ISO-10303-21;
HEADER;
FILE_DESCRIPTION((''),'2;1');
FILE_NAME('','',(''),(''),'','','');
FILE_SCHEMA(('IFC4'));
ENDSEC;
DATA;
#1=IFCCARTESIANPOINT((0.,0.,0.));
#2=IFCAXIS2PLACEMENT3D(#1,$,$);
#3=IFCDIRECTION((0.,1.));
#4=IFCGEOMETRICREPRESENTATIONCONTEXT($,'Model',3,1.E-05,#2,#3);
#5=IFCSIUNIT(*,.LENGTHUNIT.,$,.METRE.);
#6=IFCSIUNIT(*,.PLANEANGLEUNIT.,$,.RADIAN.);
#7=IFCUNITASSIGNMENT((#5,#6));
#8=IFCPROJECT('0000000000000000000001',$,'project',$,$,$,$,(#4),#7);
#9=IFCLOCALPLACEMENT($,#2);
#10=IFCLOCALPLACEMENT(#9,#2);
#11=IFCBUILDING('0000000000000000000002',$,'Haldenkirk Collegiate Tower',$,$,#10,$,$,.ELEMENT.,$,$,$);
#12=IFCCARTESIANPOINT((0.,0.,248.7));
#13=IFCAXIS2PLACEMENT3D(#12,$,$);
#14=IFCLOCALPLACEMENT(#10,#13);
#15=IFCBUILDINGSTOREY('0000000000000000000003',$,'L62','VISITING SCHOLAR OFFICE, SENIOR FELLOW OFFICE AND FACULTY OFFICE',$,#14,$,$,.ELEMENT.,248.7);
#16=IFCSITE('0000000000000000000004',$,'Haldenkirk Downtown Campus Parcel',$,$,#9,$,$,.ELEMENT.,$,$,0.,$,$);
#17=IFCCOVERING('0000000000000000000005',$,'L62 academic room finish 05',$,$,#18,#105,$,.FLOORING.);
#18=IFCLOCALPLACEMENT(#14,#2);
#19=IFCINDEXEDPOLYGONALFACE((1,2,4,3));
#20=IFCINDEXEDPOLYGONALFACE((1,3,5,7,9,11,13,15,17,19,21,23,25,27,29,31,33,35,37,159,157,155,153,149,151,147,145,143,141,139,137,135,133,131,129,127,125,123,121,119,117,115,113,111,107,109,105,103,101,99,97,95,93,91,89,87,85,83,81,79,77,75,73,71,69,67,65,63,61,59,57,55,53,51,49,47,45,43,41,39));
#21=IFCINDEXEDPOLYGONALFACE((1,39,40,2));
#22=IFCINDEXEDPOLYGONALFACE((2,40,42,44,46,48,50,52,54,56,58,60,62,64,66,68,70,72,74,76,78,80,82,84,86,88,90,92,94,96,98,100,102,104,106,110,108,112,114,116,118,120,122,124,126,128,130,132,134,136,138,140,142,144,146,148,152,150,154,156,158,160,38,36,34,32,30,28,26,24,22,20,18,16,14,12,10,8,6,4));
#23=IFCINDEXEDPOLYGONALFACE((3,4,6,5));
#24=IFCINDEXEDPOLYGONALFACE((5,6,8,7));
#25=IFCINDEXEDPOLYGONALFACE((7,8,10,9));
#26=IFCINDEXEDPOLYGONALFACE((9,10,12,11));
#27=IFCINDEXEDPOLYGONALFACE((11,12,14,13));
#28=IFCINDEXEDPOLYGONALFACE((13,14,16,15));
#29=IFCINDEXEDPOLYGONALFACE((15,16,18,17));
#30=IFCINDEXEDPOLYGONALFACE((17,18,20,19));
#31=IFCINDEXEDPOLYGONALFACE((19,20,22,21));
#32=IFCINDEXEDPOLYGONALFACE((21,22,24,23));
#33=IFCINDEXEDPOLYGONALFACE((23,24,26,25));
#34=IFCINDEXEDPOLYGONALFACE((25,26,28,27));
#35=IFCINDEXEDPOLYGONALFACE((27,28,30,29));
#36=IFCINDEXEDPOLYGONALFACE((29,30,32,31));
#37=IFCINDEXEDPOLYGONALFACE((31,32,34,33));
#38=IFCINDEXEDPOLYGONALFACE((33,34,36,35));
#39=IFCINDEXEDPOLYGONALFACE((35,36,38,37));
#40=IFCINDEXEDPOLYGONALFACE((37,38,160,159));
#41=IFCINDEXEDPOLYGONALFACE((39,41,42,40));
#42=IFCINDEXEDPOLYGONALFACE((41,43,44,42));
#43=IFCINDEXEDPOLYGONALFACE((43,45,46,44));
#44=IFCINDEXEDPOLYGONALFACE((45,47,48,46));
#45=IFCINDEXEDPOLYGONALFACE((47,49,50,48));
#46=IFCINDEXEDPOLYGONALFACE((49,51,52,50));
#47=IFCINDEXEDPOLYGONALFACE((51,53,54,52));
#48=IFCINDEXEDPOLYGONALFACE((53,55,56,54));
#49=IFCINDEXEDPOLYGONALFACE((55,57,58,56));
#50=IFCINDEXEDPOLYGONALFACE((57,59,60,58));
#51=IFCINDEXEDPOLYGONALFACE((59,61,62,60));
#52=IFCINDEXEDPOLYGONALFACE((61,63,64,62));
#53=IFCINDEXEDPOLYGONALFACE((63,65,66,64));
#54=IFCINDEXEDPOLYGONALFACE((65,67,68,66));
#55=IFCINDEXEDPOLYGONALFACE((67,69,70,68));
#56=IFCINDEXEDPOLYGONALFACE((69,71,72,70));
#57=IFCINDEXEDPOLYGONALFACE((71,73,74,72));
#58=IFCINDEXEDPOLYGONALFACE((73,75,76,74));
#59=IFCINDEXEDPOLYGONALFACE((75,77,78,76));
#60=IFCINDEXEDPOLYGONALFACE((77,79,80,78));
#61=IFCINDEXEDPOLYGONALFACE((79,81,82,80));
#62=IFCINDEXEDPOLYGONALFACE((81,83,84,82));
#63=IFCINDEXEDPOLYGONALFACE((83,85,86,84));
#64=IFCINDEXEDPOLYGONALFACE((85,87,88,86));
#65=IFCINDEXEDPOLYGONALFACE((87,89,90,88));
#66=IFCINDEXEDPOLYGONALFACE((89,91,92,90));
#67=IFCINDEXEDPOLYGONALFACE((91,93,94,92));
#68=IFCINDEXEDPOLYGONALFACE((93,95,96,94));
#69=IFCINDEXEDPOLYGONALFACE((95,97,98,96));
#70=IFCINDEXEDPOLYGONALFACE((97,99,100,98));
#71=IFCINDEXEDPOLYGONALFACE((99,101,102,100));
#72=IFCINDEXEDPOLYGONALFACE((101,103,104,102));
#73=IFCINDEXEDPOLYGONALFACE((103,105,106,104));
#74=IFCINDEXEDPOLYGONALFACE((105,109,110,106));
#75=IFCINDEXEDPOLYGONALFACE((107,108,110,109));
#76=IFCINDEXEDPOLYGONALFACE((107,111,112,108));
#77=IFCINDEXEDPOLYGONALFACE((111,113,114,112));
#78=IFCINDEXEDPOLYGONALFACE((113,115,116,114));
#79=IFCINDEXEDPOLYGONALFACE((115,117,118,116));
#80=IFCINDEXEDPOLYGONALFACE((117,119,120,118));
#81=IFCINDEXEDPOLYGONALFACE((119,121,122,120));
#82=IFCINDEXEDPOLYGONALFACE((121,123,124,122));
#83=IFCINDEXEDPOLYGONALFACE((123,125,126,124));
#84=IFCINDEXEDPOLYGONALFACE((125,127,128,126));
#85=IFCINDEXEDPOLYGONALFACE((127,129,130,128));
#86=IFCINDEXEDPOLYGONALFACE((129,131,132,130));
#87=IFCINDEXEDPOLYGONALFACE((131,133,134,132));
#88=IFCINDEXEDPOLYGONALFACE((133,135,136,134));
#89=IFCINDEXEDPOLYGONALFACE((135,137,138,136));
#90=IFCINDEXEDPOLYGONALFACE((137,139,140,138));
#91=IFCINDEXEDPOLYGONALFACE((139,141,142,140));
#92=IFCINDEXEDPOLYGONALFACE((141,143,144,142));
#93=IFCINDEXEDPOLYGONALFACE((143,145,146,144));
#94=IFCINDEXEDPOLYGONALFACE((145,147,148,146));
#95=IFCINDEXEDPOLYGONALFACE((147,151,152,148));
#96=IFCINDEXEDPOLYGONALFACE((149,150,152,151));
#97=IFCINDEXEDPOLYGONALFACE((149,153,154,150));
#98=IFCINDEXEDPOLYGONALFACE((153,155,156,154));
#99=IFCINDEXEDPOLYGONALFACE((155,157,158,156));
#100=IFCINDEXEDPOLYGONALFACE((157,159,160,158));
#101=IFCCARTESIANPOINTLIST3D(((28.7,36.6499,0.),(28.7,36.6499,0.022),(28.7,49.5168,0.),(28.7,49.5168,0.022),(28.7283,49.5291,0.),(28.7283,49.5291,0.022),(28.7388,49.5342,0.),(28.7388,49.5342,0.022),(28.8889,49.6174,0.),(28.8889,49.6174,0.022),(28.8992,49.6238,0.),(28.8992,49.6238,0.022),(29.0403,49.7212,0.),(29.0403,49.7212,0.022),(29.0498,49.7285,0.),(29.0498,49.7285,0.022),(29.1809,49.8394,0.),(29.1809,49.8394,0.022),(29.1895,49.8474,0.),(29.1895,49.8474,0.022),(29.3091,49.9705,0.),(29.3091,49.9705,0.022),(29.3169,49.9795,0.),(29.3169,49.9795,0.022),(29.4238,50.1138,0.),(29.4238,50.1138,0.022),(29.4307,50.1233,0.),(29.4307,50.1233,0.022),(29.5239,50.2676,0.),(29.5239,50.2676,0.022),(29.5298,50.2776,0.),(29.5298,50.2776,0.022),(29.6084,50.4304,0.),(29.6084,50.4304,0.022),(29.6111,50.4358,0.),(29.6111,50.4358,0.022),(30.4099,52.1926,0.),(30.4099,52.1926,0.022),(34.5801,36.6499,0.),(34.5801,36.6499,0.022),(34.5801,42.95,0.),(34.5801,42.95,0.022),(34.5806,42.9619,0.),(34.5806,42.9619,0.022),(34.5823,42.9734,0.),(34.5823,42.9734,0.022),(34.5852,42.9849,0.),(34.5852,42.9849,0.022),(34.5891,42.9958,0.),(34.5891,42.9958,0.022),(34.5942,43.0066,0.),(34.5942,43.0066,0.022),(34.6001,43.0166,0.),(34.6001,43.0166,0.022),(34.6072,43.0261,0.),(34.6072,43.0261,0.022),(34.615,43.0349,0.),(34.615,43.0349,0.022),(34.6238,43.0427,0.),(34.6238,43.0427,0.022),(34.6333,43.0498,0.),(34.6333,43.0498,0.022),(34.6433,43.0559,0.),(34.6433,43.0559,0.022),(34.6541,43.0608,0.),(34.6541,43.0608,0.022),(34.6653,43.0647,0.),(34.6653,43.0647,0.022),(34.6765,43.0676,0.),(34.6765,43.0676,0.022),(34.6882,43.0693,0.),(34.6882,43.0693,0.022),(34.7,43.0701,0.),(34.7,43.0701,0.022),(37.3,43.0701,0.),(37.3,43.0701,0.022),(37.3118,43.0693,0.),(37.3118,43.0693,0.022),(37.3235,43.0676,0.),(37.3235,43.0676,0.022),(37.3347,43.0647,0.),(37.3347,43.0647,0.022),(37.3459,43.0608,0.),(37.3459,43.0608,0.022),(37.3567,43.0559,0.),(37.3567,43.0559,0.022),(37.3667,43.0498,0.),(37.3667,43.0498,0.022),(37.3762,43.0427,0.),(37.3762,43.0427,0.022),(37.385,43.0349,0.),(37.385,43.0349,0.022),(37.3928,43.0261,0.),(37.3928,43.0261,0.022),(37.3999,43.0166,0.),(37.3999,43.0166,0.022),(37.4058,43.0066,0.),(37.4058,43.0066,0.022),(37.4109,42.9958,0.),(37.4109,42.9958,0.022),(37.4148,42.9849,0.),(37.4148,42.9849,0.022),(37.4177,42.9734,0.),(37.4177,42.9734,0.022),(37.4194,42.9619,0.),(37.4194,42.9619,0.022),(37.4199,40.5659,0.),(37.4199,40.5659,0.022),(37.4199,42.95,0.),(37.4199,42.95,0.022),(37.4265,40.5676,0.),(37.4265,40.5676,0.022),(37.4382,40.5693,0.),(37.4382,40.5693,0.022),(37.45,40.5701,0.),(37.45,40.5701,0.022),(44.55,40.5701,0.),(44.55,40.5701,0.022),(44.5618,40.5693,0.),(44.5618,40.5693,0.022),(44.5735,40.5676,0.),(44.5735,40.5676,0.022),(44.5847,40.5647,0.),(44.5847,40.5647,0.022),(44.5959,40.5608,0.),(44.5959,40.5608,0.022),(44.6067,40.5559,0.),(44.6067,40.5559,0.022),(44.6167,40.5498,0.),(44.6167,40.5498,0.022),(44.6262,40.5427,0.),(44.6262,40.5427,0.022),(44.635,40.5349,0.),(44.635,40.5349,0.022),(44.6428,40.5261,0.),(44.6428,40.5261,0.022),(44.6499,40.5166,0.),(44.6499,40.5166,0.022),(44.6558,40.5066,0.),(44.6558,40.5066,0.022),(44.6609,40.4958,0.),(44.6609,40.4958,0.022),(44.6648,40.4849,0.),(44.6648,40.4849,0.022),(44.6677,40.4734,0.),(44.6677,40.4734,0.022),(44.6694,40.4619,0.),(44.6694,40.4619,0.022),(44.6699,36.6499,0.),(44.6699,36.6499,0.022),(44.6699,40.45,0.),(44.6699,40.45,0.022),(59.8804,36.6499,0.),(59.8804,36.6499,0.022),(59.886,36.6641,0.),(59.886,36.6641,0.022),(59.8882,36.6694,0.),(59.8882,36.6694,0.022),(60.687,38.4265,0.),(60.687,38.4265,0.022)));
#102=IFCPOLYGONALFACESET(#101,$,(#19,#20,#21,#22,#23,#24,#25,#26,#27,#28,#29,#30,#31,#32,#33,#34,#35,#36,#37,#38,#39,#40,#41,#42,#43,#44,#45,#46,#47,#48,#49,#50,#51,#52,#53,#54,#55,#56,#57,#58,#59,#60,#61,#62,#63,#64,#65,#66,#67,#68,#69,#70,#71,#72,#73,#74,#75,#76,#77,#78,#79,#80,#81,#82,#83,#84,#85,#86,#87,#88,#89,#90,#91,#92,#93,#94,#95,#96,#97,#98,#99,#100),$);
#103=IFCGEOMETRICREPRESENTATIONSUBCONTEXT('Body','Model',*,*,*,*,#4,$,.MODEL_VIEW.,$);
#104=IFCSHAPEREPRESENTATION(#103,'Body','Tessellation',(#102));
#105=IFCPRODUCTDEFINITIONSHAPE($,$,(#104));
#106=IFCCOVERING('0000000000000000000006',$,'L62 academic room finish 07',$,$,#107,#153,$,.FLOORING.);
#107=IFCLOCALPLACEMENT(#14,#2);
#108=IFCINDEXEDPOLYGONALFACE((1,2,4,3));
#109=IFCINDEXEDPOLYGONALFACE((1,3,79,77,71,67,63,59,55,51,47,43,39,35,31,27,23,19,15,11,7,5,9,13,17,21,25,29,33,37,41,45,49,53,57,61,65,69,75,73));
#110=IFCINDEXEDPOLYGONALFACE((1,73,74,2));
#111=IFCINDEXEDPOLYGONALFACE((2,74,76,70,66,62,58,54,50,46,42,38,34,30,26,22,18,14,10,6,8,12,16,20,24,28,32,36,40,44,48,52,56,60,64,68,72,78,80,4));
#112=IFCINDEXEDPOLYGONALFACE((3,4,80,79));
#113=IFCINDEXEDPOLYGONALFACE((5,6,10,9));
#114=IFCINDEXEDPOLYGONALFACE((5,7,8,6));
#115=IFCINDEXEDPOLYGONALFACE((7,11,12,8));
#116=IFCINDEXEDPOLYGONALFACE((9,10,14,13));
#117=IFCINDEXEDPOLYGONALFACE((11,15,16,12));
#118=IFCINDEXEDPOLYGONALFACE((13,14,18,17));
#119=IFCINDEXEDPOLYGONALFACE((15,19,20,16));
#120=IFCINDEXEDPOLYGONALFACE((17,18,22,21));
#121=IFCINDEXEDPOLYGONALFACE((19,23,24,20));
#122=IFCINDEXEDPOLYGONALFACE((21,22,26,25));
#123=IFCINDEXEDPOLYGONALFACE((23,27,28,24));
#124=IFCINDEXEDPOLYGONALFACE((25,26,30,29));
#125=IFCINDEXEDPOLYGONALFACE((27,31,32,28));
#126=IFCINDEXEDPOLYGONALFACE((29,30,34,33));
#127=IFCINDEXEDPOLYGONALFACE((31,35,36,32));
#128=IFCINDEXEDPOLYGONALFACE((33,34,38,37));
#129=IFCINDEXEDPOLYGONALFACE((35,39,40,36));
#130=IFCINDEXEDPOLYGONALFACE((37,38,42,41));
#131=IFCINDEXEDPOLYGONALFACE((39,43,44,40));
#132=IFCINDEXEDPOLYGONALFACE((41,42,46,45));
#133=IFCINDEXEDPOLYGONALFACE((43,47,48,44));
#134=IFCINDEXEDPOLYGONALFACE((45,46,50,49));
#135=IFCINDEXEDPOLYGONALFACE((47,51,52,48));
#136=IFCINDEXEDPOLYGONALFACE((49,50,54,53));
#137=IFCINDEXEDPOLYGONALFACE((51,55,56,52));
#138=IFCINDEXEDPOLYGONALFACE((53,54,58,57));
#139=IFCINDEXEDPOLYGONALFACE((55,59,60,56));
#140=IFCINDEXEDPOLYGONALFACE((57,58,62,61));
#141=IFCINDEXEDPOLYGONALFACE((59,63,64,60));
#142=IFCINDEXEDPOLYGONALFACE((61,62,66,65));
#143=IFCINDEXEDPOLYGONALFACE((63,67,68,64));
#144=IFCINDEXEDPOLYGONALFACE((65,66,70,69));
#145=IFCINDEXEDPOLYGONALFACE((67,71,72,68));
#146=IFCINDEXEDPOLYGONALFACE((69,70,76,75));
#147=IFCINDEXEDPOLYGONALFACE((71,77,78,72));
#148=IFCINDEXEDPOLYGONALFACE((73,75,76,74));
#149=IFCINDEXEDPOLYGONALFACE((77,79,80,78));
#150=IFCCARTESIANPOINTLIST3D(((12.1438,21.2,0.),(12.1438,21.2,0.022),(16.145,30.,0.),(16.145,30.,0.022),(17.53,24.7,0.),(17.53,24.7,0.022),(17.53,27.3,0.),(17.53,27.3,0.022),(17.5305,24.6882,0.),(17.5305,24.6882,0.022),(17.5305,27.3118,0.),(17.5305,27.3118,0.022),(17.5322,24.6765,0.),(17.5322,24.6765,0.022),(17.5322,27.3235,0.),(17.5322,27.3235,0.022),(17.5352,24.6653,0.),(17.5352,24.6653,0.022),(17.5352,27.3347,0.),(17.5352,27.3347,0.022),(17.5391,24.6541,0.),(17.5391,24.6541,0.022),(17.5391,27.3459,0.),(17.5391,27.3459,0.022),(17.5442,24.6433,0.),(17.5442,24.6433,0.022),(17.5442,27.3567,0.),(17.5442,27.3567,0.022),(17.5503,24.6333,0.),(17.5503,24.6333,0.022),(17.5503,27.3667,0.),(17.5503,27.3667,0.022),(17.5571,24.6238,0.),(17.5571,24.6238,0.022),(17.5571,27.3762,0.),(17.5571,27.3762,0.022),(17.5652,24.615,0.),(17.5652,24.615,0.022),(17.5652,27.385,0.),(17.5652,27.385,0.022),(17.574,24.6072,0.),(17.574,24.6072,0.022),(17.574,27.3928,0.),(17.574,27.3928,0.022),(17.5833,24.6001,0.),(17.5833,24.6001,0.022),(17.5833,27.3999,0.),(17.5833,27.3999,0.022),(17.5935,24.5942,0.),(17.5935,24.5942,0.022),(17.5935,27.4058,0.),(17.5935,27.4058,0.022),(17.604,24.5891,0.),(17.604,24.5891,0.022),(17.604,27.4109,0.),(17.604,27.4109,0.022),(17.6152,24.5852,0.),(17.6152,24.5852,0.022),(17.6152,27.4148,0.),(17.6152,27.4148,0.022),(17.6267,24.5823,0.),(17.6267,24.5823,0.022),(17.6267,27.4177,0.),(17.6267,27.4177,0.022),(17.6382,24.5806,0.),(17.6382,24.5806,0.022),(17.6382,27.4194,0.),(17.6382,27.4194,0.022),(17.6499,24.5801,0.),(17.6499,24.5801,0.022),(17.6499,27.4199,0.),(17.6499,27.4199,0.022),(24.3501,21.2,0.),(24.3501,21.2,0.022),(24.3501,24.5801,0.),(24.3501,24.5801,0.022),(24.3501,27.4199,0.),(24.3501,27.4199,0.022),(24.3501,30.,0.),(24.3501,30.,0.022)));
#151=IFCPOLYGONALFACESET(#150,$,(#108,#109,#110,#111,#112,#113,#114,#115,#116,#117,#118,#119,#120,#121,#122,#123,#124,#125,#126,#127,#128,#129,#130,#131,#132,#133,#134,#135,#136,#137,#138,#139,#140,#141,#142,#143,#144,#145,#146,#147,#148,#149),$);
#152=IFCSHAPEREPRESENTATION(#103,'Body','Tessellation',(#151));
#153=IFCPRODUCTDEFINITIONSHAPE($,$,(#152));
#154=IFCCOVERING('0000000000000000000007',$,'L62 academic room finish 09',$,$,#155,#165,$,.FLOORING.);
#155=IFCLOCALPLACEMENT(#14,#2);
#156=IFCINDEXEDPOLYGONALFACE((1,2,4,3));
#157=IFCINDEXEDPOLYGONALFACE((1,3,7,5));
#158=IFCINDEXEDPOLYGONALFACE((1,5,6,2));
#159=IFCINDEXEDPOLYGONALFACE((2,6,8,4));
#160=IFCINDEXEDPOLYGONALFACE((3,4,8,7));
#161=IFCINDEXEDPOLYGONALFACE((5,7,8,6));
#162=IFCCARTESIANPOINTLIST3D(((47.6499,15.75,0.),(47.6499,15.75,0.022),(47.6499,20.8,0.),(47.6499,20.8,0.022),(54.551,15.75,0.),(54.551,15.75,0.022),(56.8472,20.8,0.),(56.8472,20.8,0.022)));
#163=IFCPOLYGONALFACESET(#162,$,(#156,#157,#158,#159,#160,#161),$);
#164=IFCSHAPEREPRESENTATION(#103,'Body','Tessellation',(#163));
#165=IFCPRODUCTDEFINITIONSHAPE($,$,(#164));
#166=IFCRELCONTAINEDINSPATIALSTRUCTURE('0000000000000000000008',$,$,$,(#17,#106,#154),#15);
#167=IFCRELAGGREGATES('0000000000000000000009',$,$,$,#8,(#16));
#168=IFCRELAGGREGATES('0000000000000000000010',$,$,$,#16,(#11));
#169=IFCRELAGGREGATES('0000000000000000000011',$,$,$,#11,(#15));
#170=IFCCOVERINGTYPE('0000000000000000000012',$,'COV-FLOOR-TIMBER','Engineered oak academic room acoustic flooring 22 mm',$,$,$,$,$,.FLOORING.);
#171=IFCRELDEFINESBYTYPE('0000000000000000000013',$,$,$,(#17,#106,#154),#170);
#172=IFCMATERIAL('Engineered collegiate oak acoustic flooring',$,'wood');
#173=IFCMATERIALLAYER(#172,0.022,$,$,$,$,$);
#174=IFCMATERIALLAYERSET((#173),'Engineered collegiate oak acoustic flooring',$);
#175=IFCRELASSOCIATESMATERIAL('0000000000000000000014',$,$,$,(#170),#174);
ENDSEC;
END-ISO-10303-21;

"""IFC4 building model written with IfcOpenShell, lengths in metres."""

from ifc_helpers import new_model, si_unit, direction, frame, origin, place, context, subcontext, project, spatial, polyline, outline, extrude, material, layer, layer_set, type_object, element, save


model = new_model("IFC4")

# Units and contexts
model_context = context("Model", 3, precision=1e-05, world=origin(), true_north=direction((0.0, 1.0)))
body_context = subcontext(model_context, "Body", "Model", "MODEL_VIEW")
ifc_project = project(units=[si_unit("LENGTHUNIT", "METRE"), si_unit("PLANEANGLEUNIT", "RADIAN")], contexts=[model_context])

# Site, building, storey
site_placement = place(None, origin())
site = spatial("IfcSite", under=ifc_project, at=site_placement, Name="Haldenkirk Downtown Campus Parcel", CompositionType="ELEMENT", RefElevation=0.0)
building_placement = place(site_placement, origin())
building = spatial("IfcBuilding", under=site, at=building_placement, Name="Haldenkirk Collegiate Tower", CompositionType="ELEMENT")
storey_placement = place(building_placement, frame((0.0, 0.0, 248.7)))
storey = spatial("IfcBuildingStorey", under=building, at=storey_placement, Name="L62", Description="VISITING SCHOLAR OFFICE, SENIOR FELLOW OFFICE AND FACULTY OFFICE", CompositionType="ELEMENT", Elevation=248.7)

# Coverings
ifc_material_1 = material(Name="Engineered collegiate oak acoustic flooring", Category="wood")
ifc_layer_1 = layer(ifc_material_1, 0.022)
ifc_layer_set_1 = layer_set([ifc_layer_1], Name="Engineered collegiate oak acoustic flooring")
covering_type_1 = type_object("IfcCoveringType", Name="COV-FLOOR-TIMBER", Description="Engineered oak academic room acoustic flooring 22 mm", PredefinedType="FLOORING", material=ifc_layer_set_1)
covering_1_placement = place(storey_placement, origin())
element("IfcCovering", 1, at=covering_1_placement, inside=storey, type_object=covering_type_1, Name="L62 academic room finish 05", PredefinedType="FLOORING", context=body_context, shape_type="SweptSolid", body=[
    extrude(outline(polyline([(28.7283, 49.5291), (28.7388, 49.5342), (28.8889, 49.6174), (28.8992, 49.6238), (29.0403, 49.7212), (29.0498, 49.7285), (29.1809, 49.8394), (29.1895, 49.8474), (29.3091, 49.9705), (29.3169, 49.9795), (29.4238, 50.1138), (29.4307, 50.1233), (29.5239, 50.2676), (29.5298, 50.2776), (29.6084, 50.4304), (29.6111, 50.4358), (30.4099, 52.1926), (60.687, 38.4265), (59.8882, 36.6694), (59.886, 36.6641), (59.8804, 36.6499), (44.6699, 36.6499), (44.6699, 40.45), (44.6694, 40.4619), (44.6677, 40.4734), (44.6648, 40.4849), (44.6609, 40.4958), (44.6558, 40.5066), (44.6499, 40.5166), (44.6428, 40.5261), (44.635, 40.5349), (44.6262, 40.5427), (44.6167, 40.5498), (44.6067, 40.5559), (44.5959, 40.5608), (44.5847, 40.5647), (44.5735, 40.5676), (44.5618, 40.5693), (44.55, 40.5701), (37.45, 40.5701), (37.4382, 40.5693), (37.4265, 40.5676), (37.4199, 40.5659), (37.4199, 42.95), (37.4194, 42.9619), (37.4177, 42.9734), (37.4148, 42.9849), (37.4109, 42.9958), (37.4058, 43.0066), (37.3999, 43.0166), (37.3928, 43.0261), (37.385, 43.0349), (37.3762, 43.0427), (37.3667, 43.0498), (37.3567, 43.0559), (37.3459, 43.0608), (37.3347, 43.0647), (37.3235, 43.0676), (37.3118, 43.0693), (37.3, 43.0701), (34.7, 43.0701), (34.6882, 43.0693), (34.6765, 43.0676), (34.6653, 43.0647), (34.6541, 43.0608), (34.6433, 43.0559), (34.6333, 43.0498), (34.6238, 43.0427), (34.615, 43.0349), (34.6072, 43.0261), (34.6001, 43.0166), (34.5942, 43.0066), (34.5891, 42.9958), (34.5852, 42.9849), (34.5823, 42.9734), (34.5806, 42.9619), (34.5801, 42.95), (34.5801, 36.6499), (28.7, 36.6499), (28.7, 49.5168), (28.7283, 49.5291)])), origin(), (0.0, 0.0, 1.0), 0.022),
])
covering_2_placement = place(storey_placement, origin())
element("IfcCovering", 2, at=covering_2_placement, inside=storey, type_object=covering_type_1, Name="L62 academic room finish 07", PredefinedType="FLOORING", context=body_context, shape_type="SweptSolid", body=[
    extrude(outline(polyline([(16.145, 30.0), (24.3501, 30.0), (24.3501, 27.4199), (17.6499, 27.4199), (17.6382, 27.4194), (17.6267, 27.4177), (17.6152, 27.4148), (17.604, 27.4109), (17.5935, 27.4058), (17.5833, 27.3999), (17.574, 27.3928), (17.5652, 27.385), (17.5571, 27.3762), (17.5503, 27.3667), (17.5442, 27.3567), (17.5391, 27.3459), (17.5352, 27.3347), (17.5322, 27.3235), (17.5305, 27.3118), (17.53, 27.3), (17.53, 24.7), (17.5305, 24.6882), (17.5322, 24.6765), (17.5352, 24.6653), (17.5391, 24.6541), (17.5442, 24.6433), (17.5503, 24.6333), (17.5571, 24.6238), (17.5652, 24.615), (17.574, 24.6072), (17.5833, 24.6001), (17.5935, 24.5942), (17.604, 24.5891), (17.6152, 24.5852), (17.6267, 24.5823), (17.6382, 24.5806), (17.6499, 24.5801), (24.3501, 24.5801), (24.3501, 21.2), (12.1438, 21.2), (16.145, 30.0)])), origin(), (0.0, 0.0, 1.0), 0.022),
])
covering_3_placement = place(storey_placement, origin())
element("IfcCovering", 3, at=covering_3_placement, inside=storey, type_object=covering_type_1, Name="L62 academic room finish 09", PredefinedType="FLOORING", context=body_context, shape_type="SweptSolid", body=[
    extrude(outline(polyline([(54.551, 15.75), (47.6499, 15.75), (47.6499, 20.8), (56.8472, 20.8), (54.551, 15.75)])), origin(), (0.0, 0.0, 1.0), 0.022),
])

save(model, "model.ifc")
